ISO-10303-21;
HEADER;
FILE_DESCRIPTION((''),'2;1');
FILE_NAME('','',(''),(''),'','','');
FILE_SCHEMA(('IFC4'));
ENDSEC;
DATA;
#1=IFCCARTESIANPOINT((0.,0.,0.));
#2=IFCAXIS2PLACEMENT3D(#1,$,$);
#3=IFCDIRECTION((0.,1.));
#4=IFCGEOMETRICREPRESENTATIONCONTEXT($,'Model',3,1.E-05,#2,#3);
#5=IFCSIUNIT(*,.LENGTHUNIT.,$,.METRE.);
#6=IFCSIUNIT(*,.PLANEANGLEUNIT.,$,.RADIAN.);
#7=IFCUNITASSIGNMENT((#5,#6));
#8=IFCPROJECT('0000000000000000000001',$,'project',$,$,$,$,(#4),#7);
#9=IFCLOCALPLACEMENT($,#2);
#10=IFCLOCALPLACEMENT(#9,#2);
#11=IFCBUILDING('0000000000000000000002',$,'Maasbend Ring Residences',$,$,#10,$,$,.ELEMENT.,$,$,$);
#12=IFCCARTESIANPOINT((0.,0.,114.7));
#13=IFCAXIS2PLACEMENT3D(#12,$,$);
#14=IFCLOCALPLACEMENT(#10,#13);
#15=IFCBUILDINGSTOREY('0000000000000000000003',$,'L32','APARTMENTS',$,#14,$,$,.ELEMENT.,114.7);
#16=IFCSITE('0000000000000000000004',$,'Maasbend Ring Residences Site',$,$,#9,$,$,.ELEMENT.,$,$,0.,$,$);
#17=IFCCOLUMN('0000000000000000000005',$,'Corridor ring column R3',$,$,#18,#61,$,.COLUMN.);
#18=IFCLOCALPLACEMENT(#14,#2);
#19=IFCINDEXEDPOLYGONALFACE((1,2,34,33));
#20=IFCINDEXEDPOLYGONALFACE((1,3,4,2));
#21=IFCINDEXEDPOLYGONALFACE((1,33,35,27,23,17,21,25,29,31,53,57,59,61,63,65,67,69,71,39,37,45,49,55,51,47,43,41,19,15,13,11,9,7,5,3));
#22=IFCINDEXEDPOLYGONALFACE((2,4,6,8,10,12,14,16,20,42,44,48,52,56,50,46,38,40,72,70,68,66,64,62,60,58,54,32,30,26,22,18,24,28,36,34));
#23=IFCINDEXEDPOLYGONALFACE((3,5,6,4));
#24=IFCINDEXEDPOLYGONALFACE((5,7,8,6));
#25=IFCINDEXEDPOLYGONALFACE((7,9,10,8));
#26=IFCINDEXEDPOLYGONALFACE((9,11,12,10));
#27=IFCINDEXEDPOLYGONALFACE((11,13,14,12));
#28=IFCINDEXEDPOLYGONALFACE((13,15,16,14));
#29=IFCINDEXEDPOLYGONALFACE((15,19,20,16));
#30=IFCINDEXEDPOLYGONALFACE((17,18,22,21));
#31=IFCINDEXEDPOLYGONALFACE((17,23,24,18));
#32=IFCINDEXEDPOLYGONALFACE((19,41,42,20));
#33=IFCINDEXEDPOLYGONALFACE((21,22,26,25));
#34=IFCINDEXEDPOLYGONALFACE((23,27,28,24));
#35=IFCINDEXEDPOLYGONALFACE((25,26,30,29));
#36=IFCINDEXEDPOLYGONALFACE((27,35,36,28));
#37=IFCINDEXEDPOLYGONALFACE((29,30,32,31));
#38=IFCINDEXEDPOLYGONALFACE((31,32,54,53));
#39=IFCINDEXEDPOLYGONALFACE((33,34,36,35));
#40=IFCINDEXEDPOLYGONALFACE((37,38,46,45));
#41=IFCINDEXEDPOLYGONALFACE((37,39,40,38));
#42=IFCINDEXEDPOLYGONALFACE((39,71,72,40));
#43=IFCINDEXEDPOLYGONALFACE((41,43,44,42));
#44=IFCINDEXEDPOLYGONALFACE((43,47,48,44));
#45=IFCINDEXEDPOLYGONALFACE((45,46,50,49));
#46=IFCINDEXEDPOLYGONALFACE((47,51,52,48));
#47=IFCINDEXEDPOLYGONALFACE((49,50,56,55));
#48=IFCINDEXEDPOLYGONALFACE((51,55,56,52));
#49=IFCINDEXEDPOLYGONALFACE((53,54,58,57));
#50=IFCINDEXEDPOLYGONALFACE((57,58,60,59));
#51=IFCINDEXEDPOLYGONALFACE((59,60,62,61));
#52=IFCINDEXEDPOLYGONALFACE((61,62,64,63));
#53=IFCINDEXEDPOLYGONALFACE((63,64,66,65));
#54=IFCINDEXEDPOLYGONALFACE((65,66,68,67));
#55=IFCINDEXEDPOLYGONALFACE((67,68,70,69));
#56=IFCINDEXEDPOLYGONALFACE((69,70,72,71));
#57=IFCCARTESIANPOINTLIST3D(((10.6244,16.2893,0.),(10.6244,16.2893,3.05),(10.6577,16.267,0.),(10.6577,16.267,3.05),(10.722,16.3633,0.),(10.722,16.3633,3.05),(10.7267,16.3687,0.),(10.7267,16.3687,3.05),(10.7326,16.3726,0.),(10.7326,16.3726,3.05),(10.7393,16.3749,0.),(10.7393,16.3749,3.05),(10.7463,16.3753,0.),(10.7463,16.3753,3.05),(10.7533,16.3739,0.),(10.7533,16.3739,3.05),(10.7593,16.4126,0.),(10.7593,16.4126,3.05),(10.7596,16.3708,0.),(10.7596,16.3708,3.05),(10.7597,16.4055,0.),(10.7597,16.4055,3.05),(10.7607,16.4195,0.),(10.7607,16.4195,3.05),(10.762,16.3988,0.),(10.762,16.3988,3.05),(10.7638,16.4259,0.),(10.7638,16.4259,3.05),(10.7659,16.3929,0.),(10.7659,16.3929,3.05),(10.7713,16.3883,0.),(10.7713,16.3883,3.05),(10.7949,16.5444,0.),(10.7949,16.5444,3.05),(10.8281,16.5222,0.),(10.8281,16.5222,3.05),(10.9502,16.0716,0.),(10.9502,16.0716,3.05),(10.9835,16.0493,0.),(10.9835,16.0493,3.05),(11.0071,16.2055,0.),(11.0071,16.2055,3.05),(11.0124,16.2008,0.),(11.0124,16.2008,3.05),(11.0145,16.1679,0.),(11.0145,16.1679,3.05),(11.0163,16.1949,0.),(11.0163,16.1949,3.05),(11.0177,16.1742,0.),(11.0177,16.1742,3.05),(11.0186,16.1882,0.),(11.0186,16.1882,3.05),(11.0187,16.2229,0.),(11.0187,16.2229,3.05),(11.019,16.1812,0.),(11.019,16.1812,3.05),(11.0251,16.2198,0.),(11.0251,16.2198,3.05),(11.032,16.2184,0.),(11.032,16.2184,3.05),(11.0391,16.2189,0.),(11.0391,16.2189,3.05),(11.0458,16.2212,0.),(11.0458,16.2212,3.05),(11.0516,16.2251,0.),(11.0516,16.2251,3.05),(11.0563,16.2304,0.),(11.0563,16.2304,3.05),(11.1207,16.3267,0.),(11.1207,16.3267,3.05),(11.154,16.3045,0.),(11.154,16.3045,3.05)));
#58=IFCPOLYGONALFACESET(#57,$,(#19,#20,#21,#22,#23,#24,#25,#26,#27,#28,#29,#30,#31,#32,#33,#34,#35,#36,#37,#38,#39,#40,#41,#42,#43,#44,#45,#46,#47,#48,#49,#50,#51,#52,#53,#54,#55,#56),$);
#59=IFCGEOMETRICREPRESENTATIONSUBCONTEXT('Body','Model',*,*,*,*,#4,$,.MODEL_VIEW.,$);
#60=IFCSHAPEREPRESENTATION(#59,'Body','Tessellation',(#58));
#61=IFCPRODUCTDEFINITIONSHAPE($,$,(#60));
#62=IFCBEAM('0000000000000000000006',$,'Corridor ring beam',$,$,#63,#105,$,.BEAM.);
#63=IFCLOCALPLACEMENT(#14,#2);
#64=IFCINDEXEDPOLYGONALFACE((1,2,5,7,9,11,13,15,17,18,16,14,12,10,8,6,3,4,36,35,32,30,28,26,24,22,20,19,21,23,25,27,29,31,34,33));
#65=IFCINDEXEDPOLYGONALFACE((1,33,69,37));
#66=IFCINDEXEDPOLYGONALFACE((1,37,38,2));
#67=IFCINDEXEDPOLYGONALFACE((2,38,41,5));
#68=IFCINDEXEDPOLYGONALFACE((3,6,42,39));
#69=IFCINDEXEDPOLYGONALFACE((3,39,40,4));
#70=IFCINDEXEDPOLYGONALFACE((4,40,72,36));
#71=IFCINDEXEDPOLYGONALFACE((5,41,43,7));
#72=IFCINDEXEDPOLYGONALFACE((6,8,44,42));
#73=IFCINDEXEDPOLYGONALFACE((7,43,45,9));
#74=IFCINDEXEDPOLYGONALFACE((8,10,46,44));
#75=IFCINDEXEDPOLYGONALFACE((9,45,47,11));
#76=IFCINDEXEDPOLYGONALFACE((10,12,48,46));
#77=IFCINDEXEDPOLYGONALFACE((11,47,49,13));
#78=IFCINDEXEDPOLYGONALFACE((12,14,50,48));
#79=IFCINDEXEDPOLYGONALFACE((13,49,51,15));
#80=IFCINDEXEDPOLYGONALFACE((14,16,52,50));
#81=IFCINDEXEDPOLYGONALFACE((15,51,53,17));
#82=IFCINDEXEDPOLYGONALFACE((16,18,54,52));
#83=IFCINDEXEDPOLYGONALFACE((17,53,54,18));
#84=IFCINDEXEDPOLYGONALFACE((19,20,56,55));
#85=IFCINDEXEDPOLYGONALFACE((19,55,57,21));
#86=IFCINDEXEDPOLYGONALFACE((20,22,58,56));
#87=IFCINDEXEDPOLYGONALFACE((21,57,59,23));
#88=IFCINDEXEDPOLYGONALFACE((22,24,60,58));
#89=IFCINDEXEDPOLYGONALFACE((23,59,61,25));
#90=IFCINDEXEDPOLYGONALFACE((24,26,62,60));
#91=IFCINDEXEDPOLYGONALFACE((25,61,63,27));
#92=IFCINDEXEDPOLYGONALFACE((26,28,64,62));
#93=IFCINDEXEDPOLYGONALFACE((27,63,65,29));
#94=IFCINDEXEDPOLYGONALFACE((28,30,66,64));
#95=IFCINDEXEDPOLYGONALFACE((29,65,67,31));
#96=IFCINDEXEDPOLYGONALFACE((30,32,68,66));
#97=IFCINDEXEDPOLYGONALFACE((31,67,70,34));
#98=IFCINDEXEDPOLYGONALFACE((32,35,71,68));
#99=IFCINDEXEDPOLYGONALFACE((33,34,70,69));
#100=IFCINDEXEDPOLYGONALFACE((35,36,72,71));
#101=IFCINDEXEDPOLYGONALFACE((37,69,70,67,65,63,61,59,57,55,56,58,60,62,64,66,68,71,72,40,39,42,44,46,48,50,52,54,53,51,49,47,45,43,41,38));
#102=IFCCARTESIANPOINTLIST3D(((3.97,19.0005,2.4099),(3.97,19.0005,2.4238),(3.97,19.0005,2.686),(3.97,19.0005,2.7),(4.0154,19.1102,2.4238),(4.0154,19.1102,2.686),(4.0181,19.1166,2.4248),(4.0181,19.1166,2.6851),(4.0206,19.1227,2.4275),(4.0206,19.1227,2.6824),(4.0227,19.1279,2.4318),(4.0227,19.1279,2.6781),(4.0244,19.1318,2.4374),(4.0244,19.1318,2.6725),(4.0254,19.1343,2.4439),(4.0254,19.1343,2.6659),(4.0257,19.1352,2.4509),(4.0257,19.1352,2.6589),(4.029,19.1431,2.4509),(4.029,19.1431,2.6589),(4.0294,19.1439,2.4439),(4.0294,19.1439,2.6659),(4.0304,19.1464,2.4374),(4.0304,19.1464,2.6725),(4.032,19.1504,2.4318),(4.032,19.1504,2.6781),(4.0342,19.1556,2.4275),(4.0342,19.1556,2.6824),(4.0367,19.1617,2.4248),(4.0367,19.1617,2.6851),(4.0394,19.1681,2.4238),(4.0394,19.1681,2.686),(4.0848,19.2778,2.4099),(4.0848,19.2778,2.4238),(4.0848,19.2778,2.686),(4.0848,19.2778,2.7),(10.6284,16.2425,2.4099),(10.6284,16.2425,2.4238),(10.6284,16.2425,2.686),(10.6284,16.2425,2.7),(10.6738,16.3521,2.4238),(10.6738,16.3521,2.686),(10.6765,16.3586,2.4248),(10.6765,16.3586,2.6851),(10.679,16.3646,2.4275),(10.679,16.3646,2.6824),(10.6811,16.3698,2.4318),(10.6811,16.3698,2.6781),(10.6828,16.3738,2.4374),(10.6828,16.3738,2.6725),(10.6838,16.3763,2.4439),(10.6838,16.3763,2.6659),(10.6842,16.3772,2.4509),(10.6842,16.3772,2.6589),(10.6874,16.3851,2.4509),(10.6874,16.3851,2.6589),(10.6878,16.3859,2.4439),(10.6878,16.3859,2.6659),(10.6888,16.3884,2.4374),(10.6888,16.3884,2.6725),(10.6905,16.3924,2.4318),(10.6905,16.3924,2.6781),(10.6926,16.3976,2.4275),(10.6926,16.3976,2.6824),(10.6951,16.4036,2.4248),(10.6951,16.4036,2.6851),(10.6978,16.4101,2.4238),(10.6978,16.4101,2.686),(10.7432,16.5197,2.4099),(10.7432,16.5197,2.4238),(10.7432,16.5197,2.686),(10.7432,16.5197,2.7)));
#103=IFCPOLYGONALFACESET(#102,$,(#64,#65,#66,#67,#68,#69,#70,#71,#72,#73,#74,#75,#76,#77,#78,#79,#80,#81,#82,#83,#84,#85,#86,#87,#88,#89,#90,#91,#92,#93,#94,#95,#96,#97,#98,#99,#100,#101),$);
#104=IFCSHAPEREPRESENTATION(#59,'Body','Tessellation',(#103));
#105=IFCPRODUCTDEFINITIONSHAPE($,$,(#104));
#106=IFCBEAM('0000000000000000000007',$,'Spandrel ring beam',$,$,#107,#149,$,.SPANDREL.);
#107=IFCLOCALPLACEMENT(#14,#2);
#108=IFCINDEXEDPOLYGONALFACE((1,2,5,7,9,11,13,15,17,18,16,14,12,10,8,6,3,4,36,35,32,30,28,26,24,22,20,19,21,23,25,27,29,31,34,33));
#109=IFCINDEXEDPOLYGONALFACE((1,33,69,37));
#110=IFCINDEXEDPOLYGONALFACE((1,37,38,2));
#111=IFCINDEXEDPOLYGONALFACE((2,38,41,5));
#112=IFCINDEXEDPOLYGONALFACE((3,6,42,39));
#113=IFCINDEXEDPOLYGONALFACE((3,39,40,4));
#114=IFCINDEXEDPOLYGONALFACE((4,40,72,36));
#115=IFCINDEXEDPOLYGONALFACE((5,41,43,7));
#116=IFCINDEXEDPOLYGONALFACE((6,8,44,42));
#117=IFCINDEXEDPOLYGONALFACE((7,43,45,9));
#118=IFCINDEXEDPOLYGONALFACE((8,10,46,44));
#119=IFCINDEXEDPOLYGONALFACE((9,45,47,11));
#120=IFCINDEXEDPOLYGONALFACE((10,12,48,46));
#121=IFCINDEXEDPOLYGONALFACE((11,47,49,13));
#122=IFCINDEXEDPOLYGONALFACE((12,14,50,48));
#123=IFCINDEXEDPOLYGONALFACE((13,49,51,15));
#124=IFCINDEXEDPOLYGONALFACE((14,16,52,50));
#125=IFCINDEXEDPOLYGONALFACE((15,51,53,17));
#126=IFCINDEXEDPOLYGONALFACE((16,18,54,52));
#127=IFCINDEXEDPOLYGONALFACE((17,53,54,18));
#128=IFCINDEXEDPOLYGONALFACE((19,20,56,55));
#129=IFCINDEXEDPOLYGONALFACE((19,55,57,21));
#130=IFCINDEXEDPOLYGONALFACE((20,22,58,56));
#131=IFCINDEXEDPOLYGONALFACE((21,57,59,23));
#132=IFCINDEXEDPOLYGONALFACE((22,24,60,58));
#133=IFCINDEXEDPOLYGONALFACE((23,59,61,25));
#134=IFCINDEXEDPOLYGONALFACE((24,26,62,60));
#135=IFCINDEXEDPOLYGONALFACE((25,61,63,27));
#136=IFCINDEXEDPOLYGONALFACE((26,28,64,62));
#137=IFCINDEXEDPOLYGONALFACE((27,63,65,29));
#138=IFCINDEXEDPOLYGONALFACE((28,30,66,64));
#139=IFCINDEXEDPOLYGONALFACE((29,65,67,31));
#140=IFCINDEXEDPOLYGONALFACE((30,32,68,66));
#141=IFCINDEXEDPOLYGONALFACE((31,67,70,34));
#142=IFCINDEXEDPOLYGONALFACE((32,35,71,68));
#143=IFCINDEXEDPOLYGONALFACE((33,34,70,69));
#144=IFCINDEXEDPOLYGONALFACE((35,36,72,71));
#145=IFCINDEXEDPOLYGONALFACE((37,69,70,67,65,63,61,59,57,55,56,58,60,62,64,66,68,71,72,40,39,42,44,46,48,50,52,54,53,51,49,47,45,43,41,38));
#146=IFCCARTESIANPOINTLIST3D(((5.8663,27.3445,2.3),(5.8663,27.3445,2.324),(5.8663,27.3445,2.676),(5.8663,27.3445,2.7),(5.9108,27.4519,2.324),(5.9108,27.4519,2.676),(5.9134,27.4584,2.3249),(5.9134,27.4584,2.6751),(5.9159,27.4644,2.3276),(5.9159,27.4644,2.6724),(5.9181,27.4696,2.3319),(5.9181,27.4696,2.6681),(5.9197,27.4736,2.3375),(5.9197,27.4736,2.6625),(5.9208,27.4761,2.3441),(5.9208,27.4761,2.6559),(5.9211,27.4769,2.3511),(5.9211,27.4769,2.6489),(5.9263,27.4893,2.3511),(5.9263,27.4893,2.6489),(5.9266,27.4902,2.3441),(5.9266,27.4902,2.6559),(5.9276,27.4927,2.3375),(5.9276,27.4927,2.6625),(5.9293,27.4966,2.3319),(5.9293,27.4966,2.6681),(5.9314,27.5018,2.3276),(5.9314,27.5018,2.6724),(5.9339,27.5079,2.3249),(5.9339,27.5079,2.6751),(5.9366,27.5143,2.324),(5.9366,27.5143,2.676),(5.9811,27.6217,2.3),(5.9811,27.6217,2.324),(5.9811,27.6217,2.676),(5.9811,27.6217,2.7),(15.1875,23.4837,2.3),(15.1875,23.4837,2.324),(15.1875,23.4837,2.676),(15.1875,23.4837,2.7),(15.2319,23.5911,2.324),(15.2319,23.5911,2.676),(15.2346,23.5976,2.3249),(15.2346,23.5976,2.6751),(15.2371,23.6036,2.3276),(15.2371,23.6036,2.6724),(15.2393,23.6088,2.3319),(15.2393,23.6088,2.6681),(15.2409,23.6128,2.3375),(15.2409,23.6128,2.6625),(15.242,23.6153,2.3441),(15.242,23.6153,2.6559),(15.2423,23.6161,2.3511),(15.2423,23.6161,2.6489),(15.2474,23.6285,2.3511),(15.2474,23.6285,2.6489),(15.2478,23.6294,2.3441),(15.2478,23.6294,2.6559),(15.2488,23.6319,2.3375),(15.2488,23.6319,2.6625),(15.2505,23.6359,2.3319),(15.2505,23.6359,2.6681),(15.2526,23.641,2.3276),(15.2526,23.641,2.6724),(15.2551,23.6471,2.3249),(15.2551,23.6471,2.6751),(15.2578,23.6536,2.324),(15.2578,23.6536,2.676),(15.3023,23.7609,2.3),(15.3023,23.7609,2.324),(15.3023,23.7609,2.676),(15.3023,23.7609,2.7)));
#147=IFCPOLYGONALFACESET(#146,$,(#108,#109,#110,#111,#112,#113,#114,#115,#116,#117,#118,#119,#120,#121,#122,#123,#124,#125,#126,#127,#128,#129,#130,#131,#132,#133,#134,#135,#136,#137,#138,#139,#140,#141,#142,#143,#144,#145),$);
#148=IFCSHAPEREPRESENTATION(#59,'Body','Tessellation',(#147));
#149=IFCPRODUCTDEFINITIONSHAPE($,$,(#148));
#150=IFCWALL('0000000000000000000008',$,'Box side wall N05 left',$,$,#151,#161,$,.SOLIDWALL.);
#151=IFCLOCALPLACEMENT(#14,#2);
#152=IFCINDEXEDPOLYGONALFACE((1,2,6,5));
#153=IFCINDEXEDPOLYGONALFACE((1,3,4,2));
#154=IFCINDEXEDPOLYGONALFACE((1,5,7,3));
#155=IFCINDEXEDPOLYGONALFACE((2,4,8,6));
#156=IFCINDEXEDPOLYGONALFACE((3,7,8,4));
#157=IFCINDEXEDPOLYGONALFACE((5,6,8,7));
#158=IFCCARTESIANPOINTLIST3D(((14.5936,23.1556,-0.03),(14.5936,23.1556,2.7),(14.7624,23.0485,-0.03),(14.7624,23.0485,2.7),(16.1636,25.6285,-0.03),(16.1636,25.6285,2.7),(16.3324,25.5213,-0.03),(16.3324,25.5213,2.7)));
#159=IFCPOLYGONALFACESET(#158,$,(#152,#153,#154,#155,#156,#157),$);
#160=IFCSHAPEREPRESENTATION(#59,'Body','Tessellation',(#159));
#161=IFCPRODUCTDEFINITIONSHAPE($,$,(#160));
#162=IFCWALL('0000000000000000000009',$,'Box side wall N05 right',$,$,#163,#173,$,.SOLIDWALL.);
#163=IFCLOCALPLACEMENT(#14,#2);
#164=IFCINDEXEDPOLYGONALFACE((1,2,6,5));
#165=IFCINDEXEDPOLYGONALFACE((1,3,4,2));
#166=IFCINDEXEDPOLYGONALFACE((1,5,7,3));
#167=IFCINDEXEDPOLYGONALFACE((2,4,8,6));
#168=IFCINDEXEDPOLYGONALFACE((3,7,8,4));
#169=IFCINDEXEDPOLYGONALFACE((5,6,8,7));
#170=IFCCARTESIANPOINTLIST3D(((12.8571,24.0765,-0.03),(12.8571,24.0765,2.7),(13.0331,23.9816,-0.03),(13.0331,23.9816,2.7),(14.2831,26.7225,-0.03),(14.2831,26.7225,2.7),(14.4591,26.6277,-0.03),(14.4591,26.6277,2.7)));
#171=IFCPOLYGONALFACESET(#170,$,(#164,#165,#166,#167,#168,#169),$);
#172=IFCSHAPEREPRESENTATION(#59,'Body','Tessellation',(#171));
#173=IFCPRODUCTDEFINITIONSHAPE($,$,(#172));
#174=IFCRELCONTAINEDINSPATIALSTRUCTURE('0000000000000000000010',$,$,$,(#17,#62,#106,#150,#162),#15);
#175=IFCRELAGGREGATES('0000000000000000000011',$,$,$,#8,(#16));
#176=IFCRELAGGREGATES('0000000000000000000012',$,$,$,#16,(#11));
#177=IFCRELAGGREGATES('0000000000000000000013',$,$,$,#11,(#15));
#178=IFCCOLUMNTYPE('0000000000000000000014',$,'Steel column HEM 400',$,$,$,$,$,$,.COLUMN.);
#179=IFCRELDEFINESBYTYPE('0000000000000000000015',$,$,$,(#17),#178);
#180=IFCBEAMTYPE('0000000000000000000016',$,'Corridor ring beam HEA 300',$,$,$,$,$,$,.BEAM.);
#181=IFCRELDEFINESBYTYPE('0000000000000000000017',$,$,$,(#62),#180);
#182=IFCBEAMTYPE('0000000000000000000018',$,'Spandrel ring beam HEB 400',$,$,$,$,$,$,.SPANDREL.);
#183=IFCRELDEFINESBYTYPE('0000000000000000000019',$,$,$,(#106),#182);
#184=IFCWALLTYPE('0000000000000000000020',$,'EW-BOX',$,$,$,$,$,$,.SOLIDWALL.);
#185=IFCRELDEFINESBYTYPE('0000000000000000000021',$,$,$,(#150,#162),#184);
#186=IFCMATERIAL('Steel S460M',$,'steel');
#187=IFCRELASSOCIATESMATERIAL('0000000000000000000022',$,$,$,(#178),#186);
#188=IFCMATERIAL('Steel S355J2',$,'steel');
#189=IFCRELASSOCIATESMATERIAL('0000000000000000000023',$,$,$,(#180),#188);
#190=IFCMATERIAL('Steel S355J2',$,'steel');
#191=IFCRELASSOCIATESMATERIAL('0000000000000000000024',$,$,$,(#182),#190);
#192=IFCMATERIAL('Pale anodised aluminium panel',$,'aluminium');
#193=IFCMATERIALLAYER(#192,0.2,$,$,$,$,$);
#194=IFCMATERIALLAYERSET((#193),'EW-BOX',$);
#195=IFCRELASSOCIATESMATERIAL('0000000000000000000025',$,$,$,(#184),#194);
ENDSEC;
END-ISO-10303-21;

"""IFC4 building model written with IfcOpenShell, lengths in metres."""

from ifc_helpers import new_model, si_unit, direction, frame, frame_2d, origin, origin_2d, place, context, subcontext, project, spatial, rectangle, i_section, extrude, material, layer, layer_set, material_profile, profile_set, type_object, element, save


model = new_model("IFC4")

# Units and contexts
model_context = context("Model", 3, precision=1e-05, world=origin(), true_north=direction((0.0, 1.0)))
body_context = subcontext(model_context, "Body", "Model", "MODEL_VIEW")
ifc_project = project(units=[si_unit("LENGTHUNIT", "METRE"), si_unit("PLANEANGLEUNIT", "RADIAN")], contexts=[model_context])

# Site, building, storey
site_placement = place(None, origin())
site = spatial("IfcSite", under=ifc_project, at=site_placement, Name="Maasbend Ring Residences Site", CompositionType="ELEMENT", RefElevation=0.0)
building_placement = place(site_placement, origin())
building = spatial("IfcBuilding", under=site, at=building_placement, Name="Maasbend Ring Residences", CompositionType="ELEMENT")
storey_placement = place(building_placement, frame((0.0, 0.0, 114.7)))
storey = spatial("IfcBuildingStorey", under=building, at=storey_placement, Name="L32", Description="APARTMENTS", CompositionType="ELEMENT", Elevation=114.7)

# Column
ifc_material_1 = material(Name="Steel S460M", Category="steel")
ifc_material_profile_1 = material_profile(ifc_material_1, i_section(OverallWidth=0.3069, OverallDepth=0.4319, WebThickness=0.021, FlangeThickness=0.04, FilletRadius=0.0271, at=origin_2d()), Name="HEM 400")
ifc_profile_set_1 = profile_set([ifc_material_profile_1], Name="Steel S460M")
column_type = type_object("IfcColumnType", Name="Steel column HEM 400", PredefinedType="COLUMN", material=ifc_profile_set_1)
column_placement = place(storey_placement, frame((10.8892, 16.2969, 0.0), z_axis=(0.0, 0.0, 1.0), x_axis=(0.55557, 0.83147, 0.0)))
element("IfcColumn", 1, at=column_placement, inside=storey, type_object=column_type, Name="Corridor ring column R3", PredefinedType="COLUMN", context=body_context, shape_type="SweptSolid", body=[
    extrude(i_section(OverallWidth=0.3069, OverallDepth=0.4319, WebThickness=0.021, FlangeThickness=0.04, FilletRadius=0.0271, at=origin_2d()), origin(), (0.0, 0.0, 1.0), 3.05),
])

# Beams
ifc_material_2 = material(Name="Steel S355J2", Category="steel")
ifc_material_profile_2 = material_profile(ifc_material_2, i_section(OverallWidth=0.3, OverallDepth=0.29, WebThickness=0.0085, FlangeThickness=0.0139, FilletRadius=0.0271, at=origin_2d()), Name="HEA 300")
ifc_profile_set_2 = profile_set([ifc_material_profile_2], Name="Steel S355J2")
beam_type_1 = type_object("IfcBeamType", Name="Corridor ring beam HEA 300", PredefinedType="BEAM", material=ifc_profile_set_2)
beam_1_placement = place(storey_placement, frame((10.6858, 16.3811, 2.5549), z_axis=(-0.923878, 0.382688, 0.0), x_axis=(-0.382688, -0.923878, 0.0)))
element("IfcBeam", 2, at=beam_1_placement, inside=storey, type_object=beam_type_1, Name="Corridor ring beam", PredefinedType="BEAM", context=body_context, shape_type="SweptSolid", body=[
    extrude(i_section(OverallWidth=0.3, OverallDepth=0.29, WebThickness=0.0085, FlangeThickness=0.0139, FilletRadius=0.0271, at=origin_2d()), origin(), (0.0, 0.0, 1.0), 7.207),
])
ifc_material_3 = material(Name="Steel S355J2", Category="steel")
ifc_material_profile_3 = material_profile(ifc_material_3, i_section(OverallWidth=0.3, OverallDepth=0.3999, WebThickness=0.0134, FlangeThickness=0.0239, FilletRadius=0.0271, at=origin_2d()), Name="HEB 400")
ifc_profile_set_3 = profile_set([ifc_material_profile_3], Name="Steel S355J2")
beam_type_2 = type_object("IfcBeamType", Name="Spandrel ring beam HEB 400", PredefinedType="SPANDREL", material=ifc_profile_set_3)
beam_2_placement = place(storey_placement, frame((15.2449, 23.6223, 2.5), z_axis=(-0.923885, 0.38267, 0.0), x_axis=(-0.38267, -0.923885, 0.0)))
element("IfcBeam", 3, at=beam_2_placement, inside=storey, type_object=beam_type_2, Name="Spandrel ring beam", PredefinedType="SPANDREL", context=body_context, shape_type="SweptSolid", body=[
    extrude(i_section(OverallWidth=0.3, OverallDepth=0.3999, WebThickness=0.0134, FlangeThickness=0.0239, FilletRadius=0.0271, at=origin_2d()), origin(), (0.0, 0.0, 1.0), 10.0891),
])

# Walls
ifc_material_4 = material(Name="Pale anodised aluminium panel", Category="aluminium")
ifc_layer_1 = layer(ifc_material_4, 0.2)
ifc_layer_set_1 = layer_set([ifc_layer_1], Name="EW-BOX")
wall_type_1 = type_object("IfcWallType", Name="EW-BOX", PredefinedType="SOLIDWALL", material=ifc_layer_set_1)
wall_1_placement = place(storey_placement, frame((14.678, 23.1021, -0.03), z_axis=(0.0, 0.0, 1.0), x_axis=(0.536002, 0.844217, 0.0)))
element("IfcWall", 4, at=wall_1_placement, inside=storey, type_object=wall_type_1, Name="Box side wall N05 left", PredefinedType="SOLIDWALL", context=body_context, shape_type="SweptSolid", body=[
    extrude(rectangle(XDim=2.9292, YDim=0.2, at=frame_2d((1.4646, 0.0))), origin(), (0.0, 0.0, 1.0), 2.73),
])
wall_2_placement = place(storey_placement, frame((12.9451, 24.0291, -0.03), z_axis=(0.0, 0.0, 1.0), x_axis=(0.474424, 0.880296, 0.0)))
element("IfcWall", 5, at=wall_2_placement, inside=storey, type_object=wall_type_1, Name="Box side wall N05 right", PredefinedType="SOLIDWALL", context=body_context, shape_type="SweptSolid", body=[
    extrude(rectangle(XDim=3.0059, YDim=0.2, at=frame_2d((1.5029, 0.0))), origin(), (0.0, 0.0, 1.0), 2.73),
])

save(model, "model.ifc")
